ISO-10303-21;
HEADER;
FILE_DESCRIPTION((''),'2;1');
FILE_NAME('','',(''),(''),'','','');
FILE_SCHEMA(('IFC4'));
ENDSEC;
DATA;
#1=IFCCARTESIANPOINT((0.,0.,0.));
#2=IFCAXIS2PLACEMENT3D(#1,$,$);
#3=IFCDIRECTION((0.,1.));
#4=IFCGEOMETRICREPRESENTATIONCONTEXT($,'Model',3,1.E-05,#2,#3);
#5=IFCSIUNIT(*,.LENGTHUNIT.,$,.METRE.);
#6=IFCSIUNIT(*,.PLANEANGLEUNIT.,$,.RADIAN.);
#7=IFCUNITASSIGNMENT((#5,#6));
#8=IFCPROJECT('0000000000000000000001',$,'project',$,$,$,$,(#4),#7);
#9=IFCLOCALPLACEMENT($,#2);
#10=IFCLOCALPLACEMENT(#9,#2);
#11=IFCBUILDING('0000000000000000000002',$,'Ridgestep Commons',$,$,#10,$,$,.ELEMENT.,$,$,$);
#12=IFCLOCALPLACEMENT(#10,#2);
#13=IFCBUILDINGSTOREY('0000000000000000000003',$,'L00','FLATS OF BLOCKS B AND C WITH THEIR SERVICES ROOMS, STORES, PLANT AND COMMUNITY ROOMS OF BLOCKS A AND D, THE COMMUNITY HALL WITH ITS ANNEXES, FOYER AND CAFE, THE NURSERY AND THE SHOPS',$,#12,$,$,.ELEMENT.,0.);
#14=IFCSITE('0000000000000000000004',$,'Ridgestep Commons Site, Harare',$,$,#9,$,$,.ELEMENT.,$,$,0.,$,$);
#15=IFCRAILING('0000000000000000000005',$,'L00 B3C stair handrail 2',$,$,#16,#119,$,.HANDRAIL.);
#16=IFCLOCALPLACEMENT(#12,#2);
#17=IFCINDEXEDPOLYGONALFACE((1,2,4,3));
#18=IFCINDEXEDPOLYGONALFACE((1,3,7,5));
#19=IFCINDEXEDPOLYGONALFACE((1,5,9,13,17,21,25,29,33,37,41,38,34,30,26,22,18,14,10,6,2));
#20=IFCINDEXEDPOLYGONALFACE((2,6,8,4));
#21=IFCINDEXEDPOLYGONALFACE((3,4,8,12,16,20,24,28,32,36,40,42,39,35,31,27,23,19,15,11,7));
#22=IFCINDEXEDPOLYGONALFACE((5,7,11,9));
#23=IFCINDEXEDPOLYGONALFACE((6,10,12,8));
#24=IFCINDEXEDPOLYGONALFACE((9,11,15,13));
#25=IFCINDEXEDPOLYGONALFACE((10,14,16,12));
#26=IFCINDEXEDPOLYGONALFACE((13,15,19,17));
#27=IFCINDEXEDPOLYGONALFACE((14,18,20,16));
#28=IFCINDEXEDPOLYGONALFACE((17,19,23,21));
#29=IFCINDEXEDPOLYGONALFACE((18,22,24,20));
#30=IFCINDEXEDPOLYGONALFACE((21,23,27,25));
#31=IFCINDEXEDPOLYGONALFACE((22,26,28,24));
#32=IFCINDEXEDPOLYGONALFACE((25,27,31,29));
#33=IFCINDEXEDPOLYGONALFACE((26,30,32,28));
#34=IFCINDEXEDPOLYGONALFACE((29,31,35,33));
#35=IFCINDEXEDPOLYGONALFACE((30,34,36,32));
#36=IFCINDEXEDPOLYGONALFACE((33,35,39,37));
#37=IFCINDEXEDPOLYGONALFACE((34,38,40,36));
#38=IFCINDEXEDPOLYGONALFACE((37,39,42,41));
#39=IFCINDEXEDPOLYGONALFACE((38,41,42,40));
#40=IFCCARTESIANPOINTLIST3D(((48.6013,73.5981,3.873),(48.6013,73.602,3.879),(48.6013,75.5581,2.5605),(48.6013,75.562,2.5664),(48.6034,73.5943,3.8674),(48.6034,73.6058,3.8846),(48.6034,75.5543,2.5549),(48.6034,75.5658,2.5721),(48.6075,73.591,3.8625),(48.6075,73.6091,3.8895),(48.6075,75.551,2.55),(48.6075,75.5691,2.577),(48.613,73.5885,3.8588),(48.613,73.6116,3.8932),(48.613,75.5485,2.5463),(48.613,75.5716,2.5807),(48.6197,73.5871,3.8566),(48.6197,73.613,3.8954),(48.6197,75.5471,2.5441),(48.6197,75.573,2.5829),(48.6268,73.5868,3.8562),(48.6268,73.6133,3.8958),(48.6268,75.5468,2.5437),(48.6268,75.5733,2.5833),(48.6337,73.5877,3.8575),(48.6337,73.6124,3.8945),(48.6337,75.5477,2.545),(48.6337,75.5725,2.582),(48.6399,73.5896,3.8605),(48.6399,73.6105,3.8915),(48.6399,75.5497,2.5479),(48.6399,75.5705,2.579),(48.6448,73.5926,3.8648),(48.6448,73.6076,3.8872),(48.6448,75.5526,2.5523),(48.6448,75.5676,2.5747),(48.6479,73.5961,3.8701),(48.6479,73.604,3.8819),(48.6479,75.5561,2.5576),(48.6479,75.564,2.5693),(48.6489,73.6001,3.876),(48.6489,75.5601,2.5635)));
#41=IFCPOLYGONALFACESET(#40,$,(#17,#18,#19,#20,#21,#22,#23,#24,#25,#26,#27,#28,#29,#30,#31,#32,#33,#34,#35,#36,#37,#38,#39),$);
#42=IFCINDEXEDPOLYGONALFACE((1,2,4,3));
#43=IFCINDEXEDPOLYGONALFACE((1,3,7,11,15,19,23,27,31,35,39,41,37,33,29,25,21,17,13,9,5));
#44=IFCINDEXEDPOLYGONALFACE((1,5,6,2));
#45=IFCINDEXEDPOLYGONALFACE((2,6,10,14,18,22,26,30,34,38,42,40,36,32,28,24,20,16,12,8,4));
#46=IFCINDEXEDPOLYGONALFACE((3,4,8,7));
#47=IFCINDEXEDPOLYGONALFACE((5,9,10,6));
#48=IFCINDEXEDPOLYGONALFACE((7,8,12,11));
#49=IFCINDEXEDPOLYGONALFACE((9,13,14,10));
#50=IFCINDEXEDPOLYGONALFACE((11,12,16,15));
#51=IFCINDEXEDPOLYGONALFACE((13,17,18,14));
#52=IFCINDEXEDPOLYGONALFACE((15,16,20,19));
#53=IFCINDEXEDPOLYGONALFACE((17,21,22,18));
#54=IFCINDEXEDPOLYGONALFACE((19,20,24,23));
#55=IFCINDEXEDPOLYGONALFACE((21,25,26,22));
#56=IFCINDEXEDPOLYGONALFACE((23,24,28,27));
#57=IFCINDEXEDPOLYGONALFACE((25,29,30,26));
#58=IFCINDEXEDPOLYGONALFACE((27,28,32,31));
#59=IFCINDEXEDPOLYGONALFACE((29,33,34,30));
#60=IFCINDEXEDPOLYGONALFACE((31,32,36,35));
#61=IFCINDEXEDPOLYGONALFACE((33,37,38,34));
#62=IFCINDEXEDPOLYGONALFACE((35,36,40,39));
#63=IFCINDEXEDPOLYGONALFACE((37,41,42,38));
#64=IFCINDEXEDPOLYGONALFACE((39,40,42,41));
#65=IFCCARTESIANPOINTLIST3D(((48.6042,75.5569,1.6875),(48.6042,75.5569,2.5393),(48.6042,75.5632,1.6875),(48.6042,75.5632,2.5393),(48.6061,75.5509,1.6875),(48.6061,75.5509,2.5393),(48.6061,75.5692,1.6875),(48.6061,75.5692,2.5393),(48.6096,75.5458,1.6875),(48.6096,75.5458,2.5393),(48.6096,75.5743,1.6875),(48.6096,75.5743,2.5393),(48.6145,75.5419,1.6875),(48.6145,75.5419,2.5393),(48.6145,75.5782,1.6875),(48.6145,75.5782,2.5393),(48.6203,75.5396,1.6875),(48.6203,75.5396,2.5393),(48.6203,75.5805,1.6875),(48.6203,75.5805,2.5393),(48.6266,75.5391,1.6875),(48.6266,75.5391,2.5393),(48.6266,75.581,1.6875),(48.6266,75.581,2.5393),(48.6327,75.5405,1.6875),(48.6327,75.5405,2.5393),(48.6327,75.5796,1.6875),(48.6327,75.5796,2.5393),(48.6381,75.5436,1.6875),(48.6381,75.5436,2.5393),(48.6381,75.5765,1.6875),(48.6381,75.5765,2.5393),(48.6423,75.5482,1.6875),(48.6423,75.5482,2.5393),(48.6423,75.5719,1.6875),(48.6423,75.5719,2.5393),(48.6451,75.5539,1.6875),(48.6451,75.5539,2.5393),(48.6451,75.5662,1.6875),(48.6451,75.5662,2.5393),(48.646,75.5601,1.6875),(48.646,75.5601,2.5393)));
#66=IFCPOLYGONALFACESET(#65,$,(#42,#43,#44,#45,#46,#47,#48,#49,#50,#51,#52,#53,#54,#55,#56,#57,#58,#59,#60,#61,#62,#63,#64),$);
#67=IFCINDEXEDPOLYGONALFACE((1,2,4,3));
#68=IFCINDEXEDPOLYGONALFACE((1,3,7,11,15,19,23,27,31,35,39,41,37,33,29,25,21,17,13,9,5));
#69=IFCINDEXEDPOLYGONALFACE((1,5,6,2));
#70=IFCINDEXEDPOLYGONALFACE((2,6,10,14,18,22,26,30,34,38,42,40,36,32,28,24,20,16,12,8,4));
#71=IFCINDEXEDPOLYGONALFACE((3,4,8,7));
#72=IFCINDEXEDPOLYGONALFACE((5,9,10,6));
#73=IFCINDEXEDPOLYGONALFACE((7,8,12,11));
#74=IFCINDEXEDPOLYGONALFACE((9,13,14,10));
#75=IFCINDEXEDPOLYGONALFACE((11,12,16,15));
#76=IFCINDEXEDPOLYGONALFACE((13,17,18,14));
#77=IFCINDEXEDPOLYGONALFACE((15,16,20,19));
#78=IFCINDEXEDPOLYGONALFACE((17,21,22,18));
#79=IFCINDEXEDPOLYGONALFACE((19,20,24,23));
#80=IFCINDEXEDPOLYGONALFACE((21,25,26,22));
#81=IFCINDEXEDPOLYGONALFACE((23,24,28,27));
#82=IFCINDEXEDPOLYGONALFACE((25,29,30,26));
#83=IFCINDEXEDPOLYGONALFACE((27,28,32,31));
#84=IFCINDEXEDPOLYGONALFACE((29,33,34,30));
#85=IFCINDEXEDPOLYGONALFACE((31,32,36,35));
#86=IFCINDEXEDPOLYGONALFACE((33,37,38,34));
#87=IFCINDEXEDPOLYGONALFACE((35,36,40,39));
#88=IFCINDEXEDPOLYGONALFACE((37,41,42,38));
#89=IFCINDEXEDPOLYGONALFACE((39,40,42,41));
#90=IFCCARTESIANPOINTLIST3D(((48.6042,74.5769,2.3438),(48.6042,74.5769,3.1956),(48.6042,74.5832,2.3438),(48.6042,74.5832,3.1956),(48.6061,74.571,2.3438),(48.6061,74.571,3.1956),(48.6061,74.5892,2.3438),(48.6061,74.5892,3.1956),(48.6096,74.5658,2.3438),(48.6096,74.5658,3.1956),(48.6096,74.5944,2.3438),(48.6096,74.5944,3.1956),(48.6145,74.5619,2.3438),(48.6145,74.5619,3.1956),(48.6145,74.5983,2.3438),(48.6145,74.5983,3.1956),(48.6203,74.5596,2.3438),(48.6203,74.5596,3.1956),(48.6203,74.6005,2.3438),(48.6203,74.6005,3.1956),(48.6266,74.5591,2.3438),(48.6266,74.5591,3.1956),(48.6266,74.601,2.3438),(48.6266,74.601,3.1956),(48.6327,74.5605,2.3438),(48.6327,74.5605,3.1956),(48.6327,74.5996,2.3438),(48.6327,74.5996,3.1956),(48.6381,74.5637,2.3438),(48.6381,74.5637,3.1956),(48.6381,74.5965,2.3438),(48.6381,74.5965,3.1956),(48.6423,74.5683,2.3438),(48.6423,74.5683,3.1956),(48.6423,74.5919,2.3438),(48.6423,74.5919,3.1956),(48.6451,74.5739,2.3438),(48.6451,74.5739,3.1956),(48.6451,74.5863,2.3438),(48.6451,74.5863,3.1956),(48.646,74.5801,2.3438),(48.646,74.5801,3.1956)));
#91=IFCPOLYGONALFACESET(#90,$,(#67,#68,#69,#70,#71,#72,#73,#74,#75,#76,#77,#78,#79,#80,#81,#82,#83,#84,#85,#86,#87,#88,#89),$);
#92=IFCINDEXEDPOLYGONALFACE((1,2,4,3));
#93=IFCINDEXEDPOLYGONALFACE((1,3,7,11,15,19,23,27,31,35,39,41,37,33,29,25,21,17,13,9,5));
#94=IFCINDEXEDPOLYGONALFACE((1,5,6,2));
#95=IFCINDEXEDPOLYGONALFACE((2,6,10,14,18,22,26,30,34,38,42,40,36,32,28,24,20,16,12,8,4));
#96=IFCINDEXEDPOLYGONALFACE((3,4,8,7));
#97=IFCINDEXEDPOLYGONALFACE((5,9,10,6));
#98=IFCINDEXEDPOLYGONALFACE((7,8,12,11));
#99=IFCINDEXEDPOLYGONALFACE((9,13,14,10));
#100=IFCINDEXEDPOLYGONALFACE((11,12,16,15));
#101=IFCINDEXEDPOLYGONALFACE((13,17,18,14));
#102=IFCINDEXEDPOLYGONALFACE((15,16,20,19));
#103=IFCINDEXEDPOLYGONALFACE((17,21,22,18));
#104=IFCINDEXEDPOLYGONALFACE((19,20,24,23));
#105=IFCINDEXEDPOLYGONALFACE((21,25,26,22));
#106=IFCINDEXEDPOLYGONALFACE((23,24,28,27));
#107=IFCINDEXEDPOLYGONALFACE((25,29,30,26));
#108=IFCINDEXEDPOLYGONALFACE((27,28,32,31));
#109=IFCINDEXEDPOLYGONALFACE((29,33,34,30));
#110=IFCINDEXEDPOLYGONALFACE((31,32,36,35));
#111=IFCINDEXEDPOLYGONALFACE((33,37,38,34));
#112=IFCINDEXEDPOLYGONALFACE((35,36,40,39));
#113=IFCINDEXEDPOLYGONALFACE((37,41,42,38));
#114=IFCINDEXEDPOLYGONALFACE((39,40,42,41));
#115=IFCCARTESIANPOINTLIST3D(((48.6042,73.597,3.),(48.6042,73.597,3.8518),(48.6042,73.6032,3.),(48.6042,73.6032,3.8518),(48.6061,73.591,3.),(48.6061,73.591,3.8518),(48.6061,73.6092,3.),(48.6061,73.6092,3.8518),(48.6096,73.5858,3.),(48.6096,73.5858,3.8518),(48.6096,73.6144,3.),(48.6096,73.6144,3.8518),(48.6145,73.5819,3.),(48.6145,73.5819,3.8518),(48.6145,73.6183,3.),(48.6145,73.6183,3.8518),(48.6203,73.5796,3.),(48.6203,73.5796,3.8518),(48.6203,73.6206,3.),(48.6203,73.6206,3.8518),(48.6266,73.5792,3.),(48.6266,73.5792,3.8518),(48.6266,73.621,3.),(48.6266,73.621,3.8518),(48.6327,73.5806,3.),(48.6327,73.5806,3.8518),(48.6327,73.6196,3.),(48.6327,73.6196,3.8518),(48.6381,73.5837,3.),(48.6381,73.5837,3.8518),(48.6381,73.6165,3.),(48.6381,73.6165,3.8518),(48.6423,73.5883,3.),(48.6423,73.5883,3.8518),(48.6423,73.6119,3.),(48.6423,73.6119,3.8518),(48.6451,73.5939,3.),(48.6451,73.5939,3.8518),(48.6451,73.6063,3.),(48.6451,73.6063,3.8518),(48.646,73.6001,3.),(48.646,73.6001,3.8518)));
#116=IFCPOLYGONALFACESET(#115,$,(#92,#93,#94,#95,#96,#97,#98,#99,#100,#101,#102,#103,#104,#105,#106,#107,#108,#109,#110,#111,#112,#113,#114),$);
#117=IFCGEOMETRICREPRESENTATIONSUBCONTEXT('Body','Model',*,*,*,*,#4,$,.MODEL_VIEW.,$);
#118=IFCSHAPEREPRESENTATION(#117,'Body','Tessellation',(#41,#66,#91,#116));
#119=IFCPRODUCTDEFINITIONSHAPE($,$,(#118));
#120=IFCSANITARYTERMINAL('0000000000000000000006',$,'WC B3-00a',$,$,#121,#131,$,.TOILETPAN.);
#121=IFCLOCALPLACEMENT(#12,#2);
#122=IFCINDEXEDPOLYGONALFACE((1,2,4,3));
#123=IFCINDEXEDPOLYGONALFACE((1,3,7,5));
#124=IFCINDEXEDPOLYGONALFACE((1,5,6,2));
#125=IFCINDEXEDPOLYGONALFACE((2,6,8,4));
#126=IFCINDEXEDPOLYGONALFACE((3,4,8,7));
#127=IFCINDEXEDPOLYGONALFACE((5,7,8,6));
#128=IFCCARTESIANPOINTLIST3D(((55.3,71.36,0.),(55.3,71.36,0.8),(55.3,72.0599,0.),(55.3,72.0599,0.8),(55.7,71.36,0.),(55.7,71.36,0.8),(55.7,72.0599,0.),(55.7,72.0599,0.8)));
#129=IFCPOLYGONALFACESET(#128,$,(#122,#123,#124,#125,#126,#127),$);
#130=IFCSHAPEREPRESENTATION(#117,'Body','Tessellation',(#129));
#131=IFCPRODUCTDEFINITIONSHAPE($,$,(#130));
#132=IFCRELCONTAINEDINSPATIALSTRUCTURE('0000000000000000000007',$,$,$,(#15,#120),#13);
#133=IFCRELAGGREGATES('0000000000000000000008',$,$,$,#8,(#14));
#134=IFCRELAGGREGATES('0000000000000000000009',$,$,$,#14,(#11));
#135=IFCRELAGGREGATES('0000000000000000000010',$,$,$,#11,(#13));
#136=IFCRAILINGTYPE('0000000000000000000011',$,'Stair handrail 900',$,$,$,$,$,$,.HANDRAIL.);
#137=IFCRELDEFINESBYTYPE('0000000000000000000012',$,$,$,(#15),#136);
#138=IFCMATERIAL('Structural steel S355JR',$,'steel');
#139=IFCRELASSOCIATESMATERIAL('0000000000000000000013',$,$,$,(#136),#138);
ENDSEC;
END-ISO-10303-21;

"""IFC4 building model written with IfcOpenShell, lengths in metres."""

from ifc_helpers import new_model, si_unit, direction, frame, origin, origin_2d, place, context, subcontext, project, spatial, rectangle, circle, extrude, material, type_object, element, save


model = new_model("IFC4")

# Units and contexts
model_context = context("Model", 3, precision=1e-05, world=origin(), true_north=direction((0.0, 1.0)))
body_context = subcontext(model_context, "Body", "Model", "MODEL_VIEW")
ifc_project = project(units=[si_unit("LENGTHUNIT", "METRE"), si_unit("PLANEANGLEUNIT", "RADIAN")], contexts=[model_context])

# Site, building, storey
site_placement = place(None, origin())
site = spatial("IfcSite", under=ifc_project, at=site_placement, Name="Ridgestep Commons Site, Harare", CompositionType="ELEMENT", RefElevation=0.0)
building_placement = place(site_placement, origin())
building = spatial("IfcBuilding", under=site, at=building_placement, Name="Ridgestep Commons", CompositionType="ELEMENT")
storey_placement = place(building_placement, origin())
storey = spatial("IfcBuildingStorey", under=building, at=storey_placement, Name="L00", Description="FLATS OF BLOCKS B AND C WITH THEIR SERVICES ROOMS, STORES, PLANT AND COMMUNITY ROOMS OF BLOCKS A AND D, THE COMMUNITY HALL WITH ITS ANNEXES, FOYER AND CAFE, THE NURSERY AND THE SHOPS", CompositionType="ELEMENT", Elevation=0.0)

# Railing
ifc_material_1 = material(Name="Structural steel S355JR", Category="steel")
railing_type_1 = type_object("IfcRailingType", Name="Stair handrail 900", PredefinedType="HANDRAIL", material=ifc_material_1)
railing_1_placement = place(storey_placement, frame((48.625, 75.5601, 1.6875)))
element("IfcRailing", 1, at=railing_1_placement, inside=storey, type_object=railing_type_1, Name="L00 B3C stair handrail 2", PredefinedType="HANDRAIL", context=body_context, shape_type="SweptSolid", body=[
    extrude(circle(Radius=0.0239, at=origin_2d()), frame((0.0, 0.0, 0.876), z_axis=(0.0, -0.830902, 0.556419), x_axis=(1.0, 0.0, 0.0)), (0.0, 0.0, 1.0), 2.3589),
    extrude(circle(Radius=0.021, at=origin_2d()), origin(), (0.0, 0.0, 1.0), 0.8518),
    extrude(circle(Radius=0.021, at=origin_2d()), frame((0.0, -0.98, 0.6562)), (0.0, 0.0, 1.0), 0.8518),
    extrude(circle(Radius=0.021, at=origin_2d()), frame((0.0, -1.96, 1.3125)), (0.0, 0.0, 1.0), 0.8518),
])

# Sanitary terminal
sanitary_terminal_placement = place(storey_placement, frame((55.5, 71.71, 0.0), z_axis=(0.0, 0.0, 1.0), x_axis=(1.0, 0.0, 0.0)))
element("IfcSanitaryTerminal", 2, at=sanitary_terminal_placement, inside=storey, Name="WC B3-00a", PredefinedType="TOILETPAN", context=body_context, shape_type="SweptSolid", body=[
    extrude(rectangle(XDim=0.3999, YDim=0.7, at=origin_2d()), origin(), (0.0, 0.0, 1.0), 0.8),
])

save(model, "model.ifc")
